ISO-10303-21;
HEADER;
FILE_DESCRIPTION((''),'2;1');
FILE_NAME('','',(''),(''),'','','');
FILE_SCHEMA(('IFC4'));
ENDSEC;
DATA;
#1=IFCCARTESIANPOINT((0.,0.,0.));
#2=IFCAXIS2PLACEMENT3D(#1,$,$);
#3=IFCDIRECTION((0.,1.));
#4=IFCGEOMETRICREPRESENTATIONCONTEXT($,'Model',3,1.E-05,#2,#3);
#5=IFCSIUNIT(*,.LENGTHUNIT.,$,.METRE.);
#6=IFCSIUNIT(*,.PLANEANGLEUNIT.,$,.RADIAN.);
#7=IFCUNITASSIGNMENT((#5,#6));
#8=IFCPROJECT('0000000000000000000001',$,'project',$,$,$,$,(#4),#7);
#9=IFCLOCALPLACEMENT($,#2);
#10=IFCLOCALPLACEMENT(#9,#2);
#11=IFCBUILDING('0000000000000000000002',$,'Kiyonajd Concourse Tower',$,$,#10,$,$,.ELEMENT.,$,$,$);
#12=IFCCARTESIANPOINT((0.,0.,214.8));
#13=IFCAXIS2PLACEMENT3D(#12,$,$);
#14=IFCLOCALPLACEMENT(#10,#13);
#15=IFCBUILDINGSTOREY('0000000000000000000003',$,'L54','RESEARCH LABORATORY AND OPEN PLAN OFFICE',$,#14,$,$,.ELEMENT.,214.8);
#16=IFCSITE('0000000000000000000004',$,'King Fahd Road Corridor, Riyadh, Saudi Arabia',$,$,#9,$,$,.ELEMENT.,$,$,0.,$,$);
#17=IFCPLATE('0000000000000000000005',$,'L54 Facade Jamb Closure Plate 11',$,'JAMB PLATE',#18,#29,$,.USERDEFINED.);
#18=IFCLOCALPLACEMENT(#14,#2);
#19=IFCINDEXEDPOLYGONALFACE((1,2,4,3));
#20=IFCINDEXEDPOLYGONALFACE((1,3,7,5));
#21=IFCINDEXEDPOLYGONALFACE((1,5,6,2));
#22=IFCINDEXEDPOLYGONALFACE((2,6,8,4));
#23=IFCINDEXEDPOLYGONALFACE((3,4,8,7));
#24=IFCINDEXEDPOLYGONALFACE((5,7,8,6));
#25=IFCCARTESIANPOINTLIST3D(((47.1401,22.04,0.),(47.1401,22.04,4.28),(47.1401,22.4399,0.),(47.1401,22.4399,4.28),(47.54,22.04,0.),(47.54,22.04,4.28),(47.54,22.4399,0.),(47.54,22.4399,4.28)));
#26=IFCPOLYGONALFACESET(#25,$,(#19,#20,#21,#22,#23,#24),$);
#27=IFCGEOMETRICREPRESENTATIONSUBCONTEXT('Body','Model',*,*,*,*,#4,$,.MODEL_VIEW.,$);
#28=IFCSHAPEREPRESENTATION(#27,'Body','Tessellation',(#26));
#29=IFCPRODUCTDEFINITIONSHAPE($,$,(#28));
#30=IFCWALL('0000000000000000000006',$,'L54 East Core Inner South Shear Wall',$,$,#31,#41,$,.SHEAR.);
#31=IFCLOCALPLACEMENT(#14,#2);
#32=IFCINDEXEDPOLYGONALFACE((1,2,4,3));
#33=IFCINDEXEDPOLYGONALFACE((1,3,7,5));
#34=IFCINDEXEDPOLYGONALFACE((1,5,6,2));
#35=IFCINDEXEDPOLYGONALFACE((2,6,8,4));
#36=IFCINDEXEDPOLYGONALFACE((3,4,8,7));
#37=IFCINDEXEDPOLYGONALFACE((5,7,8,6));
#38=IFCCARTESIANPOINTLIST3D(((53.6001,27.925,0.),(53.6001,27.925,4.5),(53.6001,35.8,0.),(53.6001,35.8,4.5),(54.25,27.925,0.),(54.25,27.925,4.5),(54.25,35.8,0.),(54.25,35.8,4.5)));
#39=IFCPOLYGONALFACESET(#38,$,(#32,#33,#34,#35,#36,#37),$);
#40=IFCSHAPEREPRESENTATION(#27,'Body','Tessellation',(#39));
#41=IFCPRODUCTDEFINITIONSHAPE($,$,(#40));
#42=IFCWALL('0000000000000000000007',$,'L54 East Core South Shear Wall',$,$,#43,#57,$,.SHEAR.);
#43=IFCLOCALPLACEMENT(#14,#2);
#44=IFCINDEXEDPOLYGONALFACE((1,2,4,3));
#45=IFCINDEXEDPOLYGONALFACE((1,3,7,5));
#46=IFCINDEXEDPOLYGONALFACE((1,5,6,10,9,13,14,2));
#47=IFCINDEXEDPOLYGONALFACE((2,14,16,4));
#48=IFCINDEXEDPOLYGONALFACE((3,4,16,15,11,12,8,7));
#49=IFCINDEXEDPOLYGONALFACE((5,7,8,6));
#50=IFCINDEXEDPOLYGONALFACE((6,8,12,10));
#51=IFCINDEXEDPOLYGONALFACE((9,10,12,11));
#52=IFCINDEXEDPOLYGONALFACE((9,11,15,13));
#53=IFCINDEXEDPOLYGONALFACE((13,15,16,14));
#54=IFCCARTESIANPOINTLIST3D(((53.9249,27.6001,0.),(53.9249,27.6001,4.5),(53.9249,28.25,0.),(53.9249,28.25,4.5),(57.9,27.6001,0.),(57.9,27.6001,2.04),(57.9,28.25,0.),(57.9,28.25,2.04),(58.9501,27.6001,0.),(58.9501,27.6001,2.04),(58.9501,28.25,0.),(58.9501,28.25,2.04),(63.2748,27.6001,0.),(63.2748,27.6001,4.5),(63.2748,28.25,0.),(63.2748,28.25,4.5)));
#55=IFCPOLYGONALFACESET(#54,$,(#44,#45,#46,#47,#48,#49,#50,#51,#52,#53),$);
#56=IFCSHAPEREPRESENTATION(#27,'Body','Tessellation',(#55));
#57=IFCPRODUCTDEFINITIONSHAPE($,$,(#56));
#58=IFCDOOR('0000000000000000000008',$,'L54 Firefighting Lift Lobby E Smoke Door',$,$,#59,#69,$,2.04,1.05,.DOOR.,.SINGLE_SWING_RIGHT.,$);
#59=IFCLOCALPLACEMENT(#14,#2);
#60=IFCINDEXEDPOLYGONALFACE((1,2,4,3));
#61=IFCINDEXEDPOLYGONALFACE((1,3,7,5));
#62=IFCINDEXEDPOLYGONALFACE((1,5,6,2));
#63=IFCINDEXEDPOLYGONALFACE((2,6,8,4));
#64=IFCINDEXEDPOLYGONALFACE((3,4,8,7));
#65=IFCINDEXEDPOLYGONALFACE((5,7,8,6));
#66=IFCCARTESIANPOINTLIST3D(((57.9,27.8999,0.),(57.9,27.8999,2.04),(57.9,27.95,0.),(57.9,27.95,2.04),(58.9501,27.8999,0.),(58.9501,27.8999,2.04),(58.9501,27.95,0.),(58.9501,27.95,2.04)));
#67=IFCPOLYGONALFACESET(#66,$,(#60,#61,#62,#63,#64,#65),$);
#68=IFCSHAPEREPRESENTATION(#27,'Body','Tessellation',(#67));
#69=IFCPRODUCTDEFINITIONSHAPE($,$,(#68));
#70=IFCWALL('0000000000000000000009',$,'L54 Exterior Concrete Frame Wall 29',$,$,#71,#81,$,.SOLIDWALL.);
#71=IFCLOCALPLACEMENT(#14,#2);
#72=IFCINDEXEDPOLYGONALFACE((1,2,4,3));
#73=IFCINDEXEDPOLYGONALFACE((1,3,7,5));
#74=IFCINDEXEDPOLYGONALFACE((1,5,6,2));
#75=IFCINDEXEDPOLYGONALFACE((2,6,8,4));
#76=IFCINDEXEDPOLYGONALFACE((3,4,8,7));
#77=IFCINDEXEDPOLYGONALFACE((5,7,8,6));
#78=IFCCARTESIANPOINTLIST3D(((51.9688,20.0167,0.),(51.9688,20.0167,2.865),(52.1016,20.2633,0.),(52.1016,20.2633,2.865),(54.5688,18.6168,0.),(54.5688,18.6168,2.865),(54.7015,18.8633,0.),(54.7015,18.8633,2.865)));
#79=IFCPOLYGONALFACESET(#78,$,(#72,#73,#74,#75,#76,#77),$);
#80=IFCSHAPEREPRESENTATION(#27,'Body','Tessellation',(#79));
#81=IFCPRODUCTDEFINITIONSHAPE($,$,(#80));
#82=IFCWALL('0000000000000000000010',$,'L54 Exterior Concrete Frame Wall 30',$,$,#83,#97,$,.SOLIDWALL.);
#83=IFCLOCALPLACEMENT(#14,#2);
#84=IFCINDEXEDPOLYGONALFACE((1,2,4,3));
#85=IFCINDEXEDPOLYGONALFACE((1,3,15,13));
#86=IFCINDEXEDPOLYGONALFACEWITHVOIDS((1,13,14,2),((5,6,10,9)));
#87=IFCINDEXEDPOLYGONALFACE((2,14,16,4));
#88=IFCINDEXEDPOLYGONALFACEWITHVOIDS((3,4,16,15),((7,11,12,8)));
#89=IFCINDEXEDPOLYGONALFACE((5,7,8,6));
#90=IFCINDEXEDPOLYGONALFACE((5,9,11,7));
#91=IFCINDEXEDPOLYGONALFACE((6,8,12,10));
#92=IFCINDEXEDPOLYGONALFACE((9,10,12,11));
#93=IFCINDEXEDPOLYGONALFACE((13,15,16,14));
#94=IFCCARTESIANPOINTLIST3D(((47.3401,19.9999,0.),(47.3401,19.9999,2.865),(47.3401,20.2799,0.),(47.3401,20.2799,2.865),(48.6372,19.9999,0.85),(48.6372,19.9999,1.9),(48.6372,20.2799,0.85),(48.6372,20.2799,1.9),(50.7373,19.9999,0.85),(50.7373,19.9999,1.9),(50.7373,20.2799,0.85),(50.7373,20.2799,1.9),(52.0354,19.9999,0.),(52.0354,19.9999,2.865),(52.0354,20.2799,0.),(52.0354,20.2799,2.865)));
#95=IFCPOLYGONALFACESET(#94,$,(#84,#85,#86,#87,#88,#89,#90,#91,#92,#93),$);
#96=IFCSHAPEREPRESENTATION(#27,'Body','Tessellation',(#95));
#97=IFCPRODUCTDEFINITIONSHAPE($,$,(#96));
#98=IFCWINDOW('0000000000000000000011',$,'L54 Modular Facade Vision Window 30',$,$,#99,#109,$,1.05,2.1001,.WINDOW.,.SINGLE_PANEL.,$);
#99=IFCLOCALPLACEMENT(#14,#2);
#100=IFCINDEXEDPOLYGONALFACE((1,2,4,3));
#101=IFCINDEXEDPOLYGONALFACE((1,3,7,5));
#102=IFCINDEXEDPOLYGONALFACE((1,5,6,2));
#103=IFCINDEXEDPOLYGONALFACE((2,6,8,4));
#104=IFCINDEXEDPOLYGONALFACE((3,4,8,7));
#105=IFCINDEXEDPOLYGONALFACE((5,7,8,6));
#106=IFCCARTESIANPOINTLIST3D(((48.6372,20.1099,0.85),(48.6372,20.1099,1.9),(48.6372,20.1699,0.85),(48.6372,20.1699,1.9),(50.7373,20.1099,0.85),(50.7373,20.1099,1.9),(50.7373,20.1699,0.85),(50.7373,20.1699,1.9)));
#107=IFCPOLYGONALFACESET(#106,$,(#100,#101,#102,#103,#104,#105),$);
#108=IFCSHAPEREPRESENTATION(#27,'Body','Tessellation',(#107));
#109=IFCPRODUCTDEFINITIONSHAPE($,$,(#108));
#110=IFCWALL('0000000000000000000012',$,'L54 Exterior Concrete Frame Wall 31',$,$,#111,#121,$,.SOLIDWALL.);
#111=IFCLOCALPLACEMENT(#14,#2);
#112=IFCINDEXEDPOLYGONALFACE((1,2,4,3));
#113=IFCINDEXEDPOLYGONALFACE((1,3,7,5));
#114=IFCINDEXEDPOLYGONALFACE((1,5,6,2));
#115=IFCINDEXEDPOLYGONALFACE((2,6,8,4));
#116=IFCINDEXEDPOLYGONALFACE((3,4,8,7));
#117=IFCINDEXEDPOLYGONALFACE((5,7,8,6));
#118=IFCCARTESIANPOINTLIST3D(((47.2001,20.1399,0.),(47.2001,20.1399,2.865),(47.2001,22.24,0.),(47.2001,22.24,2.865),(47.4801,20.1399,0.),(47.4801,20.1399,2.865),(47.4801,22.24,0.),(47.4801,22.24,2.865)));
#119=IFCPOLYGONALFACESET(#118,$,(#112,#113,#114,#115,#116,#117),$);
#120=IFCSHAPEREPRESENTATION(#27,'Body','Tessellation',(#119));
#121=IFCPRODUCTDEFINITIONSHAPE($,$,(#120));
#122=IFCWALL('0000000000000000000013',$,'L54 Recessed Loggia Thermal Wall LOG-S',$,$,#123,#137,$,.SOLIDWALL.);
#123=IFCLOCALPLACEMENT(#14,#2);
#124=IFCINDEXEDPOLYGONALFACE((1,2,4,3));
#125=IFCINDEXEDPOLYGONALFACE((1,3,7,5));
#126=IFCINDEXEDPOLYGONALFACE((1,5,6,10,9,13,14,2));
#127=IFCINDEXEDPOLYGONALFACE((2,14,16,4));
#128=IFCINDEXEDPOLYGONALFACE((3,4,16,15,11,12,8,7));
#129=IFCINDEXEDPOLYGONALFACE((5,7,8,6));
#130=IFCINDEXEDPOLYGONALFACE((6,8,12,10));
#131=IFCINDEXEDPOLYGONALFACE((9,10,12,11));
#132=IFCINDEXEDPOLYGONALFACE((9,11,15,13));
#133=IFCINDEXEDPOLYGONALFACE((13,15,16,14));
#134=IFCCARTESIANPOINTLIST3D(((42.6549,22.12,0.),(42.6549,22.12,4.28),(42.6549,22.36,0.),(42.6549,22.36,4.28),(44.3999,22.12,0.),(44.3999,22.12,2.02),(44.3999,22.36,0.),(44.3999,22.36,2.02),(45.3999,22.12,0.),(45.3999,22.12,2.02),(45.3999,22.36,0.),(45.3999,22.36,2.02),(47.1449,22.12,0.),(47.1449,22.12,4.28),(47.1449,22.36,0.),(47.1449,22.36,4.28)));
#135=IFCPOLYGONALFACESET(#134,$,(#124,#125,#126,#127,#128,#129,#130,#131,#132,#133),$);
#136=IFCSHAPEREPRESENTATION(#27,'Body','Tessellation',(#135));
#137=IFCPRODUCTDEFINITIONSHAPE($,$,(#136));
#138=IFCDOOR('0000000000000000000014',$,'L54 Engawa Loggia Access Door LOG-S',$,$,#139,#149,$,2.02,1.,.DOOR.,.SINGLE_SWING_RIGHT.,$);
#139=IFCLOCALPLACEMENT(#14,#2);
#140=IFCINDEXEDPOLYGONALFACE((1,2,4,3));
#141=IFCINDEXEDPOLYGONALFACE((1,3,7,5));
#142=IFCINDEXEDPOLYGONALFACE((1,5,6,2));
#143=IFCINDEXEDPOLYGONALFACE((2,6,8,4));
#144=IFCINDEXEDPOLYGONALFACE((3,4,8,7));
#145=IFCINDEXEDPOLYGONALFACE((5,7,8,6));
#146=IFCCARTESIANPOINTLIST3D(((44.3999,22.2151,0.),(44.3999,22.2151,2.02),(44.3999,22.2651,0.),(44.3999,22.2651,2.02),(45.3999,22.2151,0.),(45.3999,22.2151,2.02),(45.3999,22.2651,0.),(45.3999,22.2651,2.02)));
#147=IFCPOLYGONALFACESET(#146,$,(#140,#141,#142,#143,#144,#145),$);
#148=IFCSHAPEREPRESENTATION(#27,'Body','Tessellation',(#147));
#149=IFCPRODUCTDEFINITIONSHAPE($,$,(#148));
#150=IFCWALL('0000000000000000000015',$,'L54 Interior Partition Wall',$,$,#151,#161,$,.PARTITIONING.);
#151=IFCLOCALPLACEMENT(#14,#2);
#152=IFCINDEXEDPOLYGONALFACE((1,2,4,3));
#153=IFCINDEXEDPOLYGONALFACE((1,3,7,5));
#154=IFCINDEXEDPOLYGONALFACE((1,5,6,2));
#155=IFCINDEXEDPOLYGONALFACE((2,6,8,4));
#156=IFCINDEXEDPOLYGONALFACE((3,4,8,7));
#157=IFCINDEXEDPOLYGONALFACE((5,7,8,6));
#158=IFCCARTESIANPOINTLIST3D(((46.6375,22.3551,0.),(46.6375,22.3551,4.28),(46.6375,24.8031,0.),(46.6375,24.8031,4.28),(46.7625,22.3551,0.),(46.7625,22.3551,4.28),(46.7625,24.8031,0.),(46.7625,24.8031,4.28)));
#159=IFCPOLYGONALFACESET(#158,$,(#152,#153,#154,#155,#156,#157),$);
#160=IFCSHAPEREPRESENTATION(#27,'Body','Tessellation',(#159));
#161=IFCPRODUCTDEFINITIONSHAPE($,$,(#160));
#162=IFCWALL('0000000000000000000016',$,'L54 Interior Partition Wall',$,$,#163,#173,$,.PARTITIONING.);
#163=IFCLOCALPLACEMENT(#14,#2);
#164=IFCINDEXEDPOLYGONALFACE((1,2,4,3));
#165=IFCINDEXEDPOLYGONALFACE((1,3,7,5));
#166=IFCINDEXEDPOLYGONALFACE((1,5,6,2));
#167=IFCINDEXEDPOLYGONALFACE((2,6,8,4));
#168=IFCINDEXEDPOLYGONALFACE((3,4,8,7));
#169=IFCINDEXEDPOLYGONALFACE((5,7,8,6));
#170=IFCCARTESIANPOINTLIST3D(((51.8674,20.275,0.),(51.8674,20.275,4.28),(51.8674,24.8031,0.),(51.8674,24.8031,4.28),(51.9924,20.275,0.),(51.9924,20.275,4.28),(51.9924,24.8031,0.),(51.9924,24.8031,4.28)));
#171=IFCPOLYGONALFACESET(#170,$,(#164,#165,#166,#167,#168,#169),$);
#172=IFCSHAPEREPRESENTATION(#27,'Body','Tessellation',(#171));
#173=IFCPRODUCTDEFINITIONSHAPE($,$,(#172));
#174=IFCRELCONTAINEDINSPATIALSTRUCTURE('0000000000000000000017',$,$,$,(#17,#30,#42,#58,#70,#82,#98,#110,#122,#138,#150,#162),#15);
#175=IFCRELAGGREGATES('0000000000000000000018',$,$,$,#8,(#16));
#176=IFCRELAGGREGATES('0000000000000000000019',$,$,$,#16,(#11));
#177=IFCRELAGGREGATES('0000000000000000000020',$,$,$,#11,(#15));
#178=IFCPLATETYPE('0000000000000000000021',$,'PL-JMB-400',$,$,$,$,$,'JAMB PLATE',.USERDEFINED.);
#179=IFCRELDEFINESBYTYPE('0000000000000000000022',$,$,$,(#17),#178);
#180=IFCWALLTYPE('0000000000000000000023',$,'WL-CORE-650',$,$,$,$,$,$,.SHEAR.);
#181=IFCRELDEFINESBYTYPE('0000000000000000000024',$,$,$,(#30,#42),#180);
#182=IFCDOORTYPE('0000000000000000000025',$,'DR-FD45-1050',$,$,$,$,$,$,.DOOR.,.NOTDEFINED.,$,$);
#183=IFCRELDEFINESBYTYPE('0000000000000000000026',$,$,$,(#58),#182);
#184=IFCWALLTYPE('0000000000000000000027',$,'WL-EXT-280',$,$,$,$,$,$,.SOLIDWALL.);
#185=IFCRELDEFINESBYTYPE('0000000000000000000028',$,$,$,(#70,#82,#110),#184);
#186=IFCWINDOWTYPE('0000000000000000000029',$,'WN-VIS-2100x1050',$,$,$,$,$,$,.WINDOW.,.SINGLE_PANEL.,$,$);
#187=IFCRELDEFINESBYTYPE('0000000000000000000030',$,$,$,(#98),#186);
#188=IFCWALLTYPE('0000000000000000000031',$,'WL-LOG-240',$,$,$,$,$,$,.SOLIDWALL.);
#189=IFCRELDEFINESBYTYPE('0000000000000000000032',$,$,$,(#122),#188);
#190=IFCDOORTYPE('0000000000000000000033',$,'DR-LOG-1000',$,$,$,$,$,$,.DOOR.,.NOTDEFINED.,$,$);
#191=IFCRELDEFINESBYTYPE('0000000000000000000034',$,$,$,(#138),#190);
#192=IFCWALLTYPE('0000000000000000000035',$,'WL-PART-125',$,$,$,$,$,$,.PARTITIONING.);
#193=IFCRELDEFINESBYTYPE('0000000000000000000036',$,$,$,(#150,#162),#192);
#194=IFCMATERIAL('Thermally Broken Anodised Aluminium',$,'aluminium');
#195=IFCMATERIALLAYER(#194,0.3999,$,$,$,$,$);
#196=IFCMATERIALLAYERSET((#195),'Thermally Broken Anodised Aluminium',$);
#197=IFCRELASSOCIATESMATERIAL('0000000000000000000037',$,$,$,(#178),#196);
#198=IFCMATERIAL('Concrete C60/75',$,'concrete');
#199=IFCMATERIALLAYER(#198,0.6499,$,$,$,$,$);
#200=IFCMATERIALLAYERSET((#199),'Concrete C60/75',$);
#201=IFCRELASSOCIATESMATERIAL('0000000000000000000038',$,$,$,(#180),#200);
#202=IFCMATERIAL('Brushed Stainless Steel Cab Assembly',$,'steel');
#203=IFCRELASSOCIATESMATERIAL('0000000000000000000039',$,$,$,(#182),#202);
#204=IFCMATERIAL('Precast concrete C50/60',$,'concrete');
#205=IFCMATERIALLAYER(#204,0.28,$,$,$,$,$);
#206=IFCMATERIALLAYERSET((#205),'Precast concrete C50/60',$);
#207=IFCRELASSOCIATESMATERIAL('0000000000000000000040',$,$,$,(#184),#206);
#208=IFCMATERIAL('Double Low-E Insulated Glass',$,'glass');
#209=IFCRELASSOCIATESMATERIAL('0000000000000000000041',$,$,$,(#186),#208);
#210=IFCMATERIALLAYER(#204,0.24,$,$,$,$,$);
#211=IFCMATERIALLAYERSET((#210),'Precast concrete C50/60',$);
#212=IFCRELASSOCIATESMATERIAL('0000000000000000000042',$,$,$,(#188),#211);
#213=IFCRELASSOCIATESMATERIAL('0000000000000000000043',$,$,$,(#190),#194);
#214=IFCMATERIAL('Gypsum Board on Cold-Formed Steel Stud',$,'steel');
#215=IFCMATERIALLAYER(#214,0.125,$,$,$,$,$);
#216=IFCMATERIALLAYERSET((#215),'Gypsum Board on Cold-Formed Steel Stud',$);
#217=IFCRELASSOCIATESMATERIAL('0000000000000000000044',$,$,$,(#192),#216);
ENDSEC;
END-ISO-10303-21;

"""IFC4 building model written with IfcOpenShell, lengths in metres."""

from ifc_helpers import new_model, si_unit, direction, frame, frame_2d, origin, origin_2d, place, context, subcontext, project, spatial, rectangle, extrude, material, layer, layer_set, type_object, element, fill, save


model = new_model("IFC4")

# Units and contexts
model_context = context("Model", 3, precision=1e-05, world=origin(), true_north=direction((0.0, 1.0)))
body_context = subcontext(model_context, "Body", "Model", "MODEL_VIEW")
ifc_project = project(units=[si_unit("LENGTHUNIT", "METRE"), si_unit("PLANEANGLEUNIT", "RADIAN")], contexts=[model_context])

# Site, building, storey
site_placement = place(None, origin())
site = spatial("IfcSite", under=ifc_project, at=site_placement, Name="King Fahd Road Corridor, Riyadh, Saudi Arabia", CompositionType="ELEMENT", RefElevation=0.0)
building_placement = place(site_placement, origin())
building = spatial("IfcBuilding", under=site, at=building_placement, Name="Kiyonajd Concourse Tower", CompositionType="ELEMENT")
storey_placement = place(building_placement, frame((0.0, 0.0, 214.8)))
storey = spatial("IfcBuildingStorey", under=building, at=storey_placement, Name="L54", Description="RESEARCH LABORATORY AND OPEN PLAN OFFICE", CompositionType="ELEMENT", Elevation=214.8)

# Shared definitions
ifc_material_1 = material(Name="Concrete C60/75", Category="concrete")

# Plate
ifc_material_2 = material(Name="Thermally Broken Anodised Aluminium", Category="aluminium")
ifc_layer_1 = layer(ifc_material_2, 0.3999)
ifc_layer_set_1 = layer_set([ifc_layer_1], Name="Thermally Broken Anodised Aluminium")
plate_type_1 = type_object("IfcPlateType", Name="PL-JMB-400", ElementType="JAMB PLATE", PredefinedType="USERDEFINED", material=ifc_layer_set_1)
plate_placement = place(storey_placement, frame((47.3401, 22.24, 0.0), z_axis=(0.0, 0.0, 1.0), x_axis=(1.0, 0.0, 0.0)))
element("IfcPlate", 1, at=plate_placement, inside=storey, type_object=plate_type_1, Name="L54 Facade Jamb Closure Plate 11", ObjectType="JAMB PLATE", PredefinedType="USERDEFINED", context=body_context, shape_type="SweptSolid", body=[
    extrude(rectangle(XDim=0.3999, YDim=0.3999, at=origin_2d()), origin(), (0.0, 0.0, 1.0), 4.28),
])

# Wall
ifc_layer_2 = layer(ifc_material_1, 0.6499)
ifc_layer_set_2 = layer_set([ifc_layer_2], Name="Concrete C60/75")
wall_type_1 = type_object("IfcWallType", Name="WL-CORE-650", PredefinedType="SHEAR", material=ifc_layer_set_2)
wall_1_placement = place(storey_placement, frame((53.925, 27.925, 0.0), z_axis=(0.0, 0.0, 1.0), x_axis=(0.0, 1.0, 0.0)))
element("IfcWall", 2, at=wall_1_placement, inside=storey, type_object=wall_type_1, Name="L54 East Core Inner South Shear Wall", PredefinedType="SHEAR", context=body_context, shape_type="SweptSolid", body=[
    extrude(rectangle(XDim=7.875, YDim=0.6499, at=frame_2d((3.9375, 0.0))), origin(), (0.0, 0.0, 1.0), 4.5),
])

# Wall, opening, door
wall_2_placement = place(storey_placement, frame((53.925, 27.925, 0.0), z_axis=(0.0, 0.0, 1.0), x_axis=(1.0, 0.0, 0.0)))
wall_2 = element("IfcWall", 3, at=wall_2_placement, inside=storey, type_object=wall_type_1, Name="L54 East Core South Shear Wall", PredefinedType="SHEAR", context=body_context, shape_type="SweptSolid", body=[
    extrude(rectangle(XDim=9.3499, YDim=0.6499, at=frame_2d((4.6748, 0.0))), origin(), (0.0, 0.0, 1.0), 4.5),
])
opening_1_placement = place(wall_2_placement, frame((3.9751, 0.0, 0.0)))
opening_1 = element("IfcOpeningElement", 4, at=opening_1_placement, cuts=wall_2, PredefinedType="OPENING", context=body_context, shape_type="SweptSolid", body=[
    extrude(rectangle(XDim=1.05, YDim=2.04, at=frame_2d((0.5249, 1.02))), frame((0.0, 0.335, 0.0), z_axis=(0.0, -1.0, 0.0), x_axis=(1.0, 0.0, 0.0)), (0.0, 0.0, 1.0), 0.6699),
])
ifc_material_3 = material(Name="Brushed Stainless Steel Cab Assembly", Category="steel")
door_type_1 = type_object("IfcDoorType", Name="DR-FD45-1050", OperationType="NOTDEFINED", PredefinedType="DOOR", material=ifc_material_3)
door_1_placement = place(opening_1_placement, origin())
door_1 = element("IfcDoor", 5, at=door_1_placement, inside=storey, type_object=door_type_1, Name="L54 Firefighting Lift Lobby E Smoke Door", OperationType="SINGLE_SWING_RIGHT", OverallHeight=2.04, OverallWidth=1.05, PredefinedType="DOOR", context=body_context, shape_type="SweptSolid", body=[
    extrude(rectangle(XDim=1.05, YDim=2.04, at=frame_2d((0.5249, 1.02))), frame((0.0, 0.0249, 0.0), z_axis=(0.0, -1.0, 0.0), x_axis=(1.0, 0.0, 0.0)), (0.0, 0.0, 1.0), 0.05),
])
fill(opening_1, door_1)

# Wall
ifc_material_4 = material(Name="Precast concrete C50/60", Category="concrete")
ifc_layer_3 = layer(ifc_material_4, 0.28)
ifc_layer_set_3 = layer_set([ifc_layer_3], Name="Precast concrete C50/60")
wall_type_2 = type_object("IfcWallType", Name="WL-EXT-280", PredefinedType="SOLIDWALL", material=ifc_layer_set_3)
wall_3_placement = place(storey_placement, frame((54.6353, 18.74, 0.0), z_axis=(0.0, 0.0, 1.0), x_axis=(-0.880474, 0.474095, 0.0)))
element("IfcWall", 6, at=wall_3_placement, inside=storey, type_object=wall_type_2, Name="L54 Exterior Concrete Frame Wall 29", PredefinedType="SOLIDWALL", context=body_context, shape_type="SweptSolid", body=[
    extrude(rectangle(XDim=2.9529, YDim=0.28, at=frame_2d((1.4766, 0.0))), origin(), (0.0, 0.0, 1.0), 2.865),
])

# Wall, opening, window
wall_4_placement = place(storey_placement, frame((52.0354, 20.1399, 0.0), z_axis=(0.0, 0.0, 1.0), x_axis=(-1.0, 0.0, 0.0)))
wall_4 = element("IfcWall", 7, at=wall_4_placement, inside=storey, type_object=wall_type_2, Name="L54 Exterior Concrete Frame Wall 30", PredefinedType="SOLIDWALL", context=body_context, shape_type="SweptSolid", body=[
    extrude(rectangle(XDim=4.6953, YDim=0.28, at=frame_2d((2.3477, 0.0))), origin(), (0.0, 0.0, 1.0), 2.865),
])
opening_2_placement = place(wall_4_placement, frame((1.2981, 0.0, 0.8501)))
opening_2 = element("IfcOpeningElement", 8, at=opening_2_placement, cuts=wall_4, PredefinedType="OPENING", context=body_context, shape_type="SweptSolid", body=[
    extrude(rectangle(XDim=2.1001, YDim=1.05, at=frame_2d((1.05, 0.5249))), frame((0.0, 0.1499, 0.0), z_axis=(0.0, -1.0, 0.0), x_axis=(1.0, 0.0, 0.0)), (0.0, 0.0, 1.0), 0.3),
])
ifc_material_5 = material(Name="Double Low-E Insulated Glass", Category="glass")
window_type = type_object("IfcWindowType", Name="WN-VIS-2100x1050", PartitioningType="SINGLE_PANEL", PredefinedType="WINDOW", material=ifc_material_5)
window_placement = place(opening_2_placement, origin())
window = element("IfcWindow", 9, at=window_placement, inside=storey, type_object=window_type, Name="L54 Modular Facade Vision Window 30", OverallHeight=1.05, OverallWidth=2.1001, PartitioningType="SINGLE_PANEL", PredefinedType="WINDOW", context=body_context, shape_type="SweptSolid", body=[
    extrude(rectangle(XDim=2.1001, YDim=1.05, at=frame_2d((1.05, 0.5249))), frame((0.0, 0.03, 0.0), z_axis=(0.0, -1.0, 0.0), x_axis=(1.0, 0.0, 0.0)), (0.0, 0.0, 1.0), 0.0601),
])
fill(opening_2, window)

# Wall
wall_5_placement = place(storey_placement, frame((47.3401, 20.1399, 0.0), z_axis=(0.0, 0.0, 1.0), x_axis=(0.0, 1.0, 0.0)))
element("IfcWall", 10, at=wall_5_placement, inside=storey, type_object=wall_type_2, Name="L54 Exterior Concrete Frame Wall 31", PredefinedType="SOLIDWALL", context=body_context, shape_type="SweptSolid", body=[
    extrude(rectangle(XDim=2.1001, YDim=0.28, at=frame_2d((1.05, 0.0))), origin(), (0.0, 0.0, 1.0), 2.865),
])

# Wall, opening, door
ifc_layer_4 = layer(ifc_material_4, 0.24)
ifc_layer_set_4 = layer_set([ifc_layer_4], Name="Precast concrete C50/60")
wall_type_3 = type_object("IfcWallType", Name="WL-LOG-240", PredefinedType="SOLIDWALL", material=ifc_layer_set_4)
wall_6_placement = place(storey_placement, frame((47.145, 22.24, 0.0), z_axis=(0.0, 0.0, 1.0), x_axis=(-1.0, 0.0, 0.0)))
wall_6 = element("IfcWall", 11, at=wall_6_placement, inside=storey, type_object=wall_type_3, Name="L54 Recessed Loggia Thermal Wall LOG-S", PredefinedType="SOLIDWALL", context=body_context, shape_type="SweptSolid", body=[
    extrude(rectangle(XDim=4.49, YDim=0.24, at=frame_2d((2.2451, 0.0))), origin(), (0.0, 0.0, 1.0), 4.28),
])
opening_3_placement = place(wall_6_placement, frame((1.7451, 0.0, 0.0)))
opening_3 = element("IfcOpeningElement", 12, at=opening_3_placement, cuts=wall_6, PredefinedType="OPENING", context=body_context, shape_type="SweptSolid", body=[
    extrude(rectangle(XDim=1.0, YDim=2.02, at=frame_2d((0.5, 1.01))), frame((0.0, 0.1299, 0.0), z_axis=(0.0, -1.0, 0.0), x_axis=(1.0, 0.0, 0.0)), (0.0, 0.0, 1.0), 0.26),
])
door_type_2 = type_object("IfcDoorType", Name="DR-LOG-1000", OperationType="NOTDEFINED", PredefinedType="DOOR", material=ifc_material_2)
door_2_placement = place(opening_3_placement, origin())
door_2 = element("IfcDoor", 13, at=door_2_placement, inside=storey, type_object=door_type_2, Name="L54 Engawa Loggia Access Door LOG-S", OperationType="SINGLE_SWING_RIGHT", OverallHeight=2.02, OverallWidth=1.0, PredefinedType="DOOR", context=body_context, shape_type="SweptSolid", body=[
    extrude(rectangle(XDim=1.0, YDim=2.02, at=frame_2d((0.5, 1.01))), frame((0.0, 0.0249, 0.0), z_axis=(0.0, -1.0, 0.0), x_axis=(1.0, 0.0, 0.0)), (0.0, 0.0, 1.0), 0.05),
])
fill(opening_3, door_2)

# Walls
ifc_material_6 = material(Name="Gypsum Board on Cold-Formed Steel Stud", Category="steel")
ifc_layer_5 = layer(ifc_material_6, 0.125)
ifc_layer_set_5 = layer_set([ifc_layer_5], Name="Gypsum Board on Cold-Formed Steel Stud")
wall_type_4 = type_object("IfcWallType", Name="WL-PART-125", PredefinedType="PARTITIONING", material=ifc_layer_set_5)
wall_7_placement = place(storey_placement, frame((46.7, 22.355, 0.0), z_axis=(0.0, 0.0, 1.0), x_axis=(0.0, 1.0, 0.0)))
element("IfcWall", 14, at=wall_7_placement, inside=storey, type_object=wall_type_4, Name="L54 Interior Partition Wall", PredefinedType="PARTITIONING", context=body_context, shape_type="SweptSolid", body=[
    extrude(rectangle(XDim=2.448, YDim=0.125, at=frame_2d((1.2241, 0.0))), origin(), (0.0, 0.0, 1.0), 4.28),
])
wall_8_placement = place(storey_placement, frame((51.9299, 20.2749, 0.0), z_axis=(0.0, 0.0, 1.0), x_axis=(0.0, 1.0, 0.0)))
element("IfcWall", 15, at=wall_8_placement, inside=storey, type_object=wall_type_4, Name="L54 Interior Partition Wall", PredefinedType="PARTITIONING", context=body_context, shape_type="SweptSolid", body=[
    extrude(rectangle(XDim=4.5281, YDim=0.125, at=frame_2d((2.2642, 0.0))), origin(), (0.0, 0.0, 1.0), 4.28),
])

save(model, "model.ifc")
